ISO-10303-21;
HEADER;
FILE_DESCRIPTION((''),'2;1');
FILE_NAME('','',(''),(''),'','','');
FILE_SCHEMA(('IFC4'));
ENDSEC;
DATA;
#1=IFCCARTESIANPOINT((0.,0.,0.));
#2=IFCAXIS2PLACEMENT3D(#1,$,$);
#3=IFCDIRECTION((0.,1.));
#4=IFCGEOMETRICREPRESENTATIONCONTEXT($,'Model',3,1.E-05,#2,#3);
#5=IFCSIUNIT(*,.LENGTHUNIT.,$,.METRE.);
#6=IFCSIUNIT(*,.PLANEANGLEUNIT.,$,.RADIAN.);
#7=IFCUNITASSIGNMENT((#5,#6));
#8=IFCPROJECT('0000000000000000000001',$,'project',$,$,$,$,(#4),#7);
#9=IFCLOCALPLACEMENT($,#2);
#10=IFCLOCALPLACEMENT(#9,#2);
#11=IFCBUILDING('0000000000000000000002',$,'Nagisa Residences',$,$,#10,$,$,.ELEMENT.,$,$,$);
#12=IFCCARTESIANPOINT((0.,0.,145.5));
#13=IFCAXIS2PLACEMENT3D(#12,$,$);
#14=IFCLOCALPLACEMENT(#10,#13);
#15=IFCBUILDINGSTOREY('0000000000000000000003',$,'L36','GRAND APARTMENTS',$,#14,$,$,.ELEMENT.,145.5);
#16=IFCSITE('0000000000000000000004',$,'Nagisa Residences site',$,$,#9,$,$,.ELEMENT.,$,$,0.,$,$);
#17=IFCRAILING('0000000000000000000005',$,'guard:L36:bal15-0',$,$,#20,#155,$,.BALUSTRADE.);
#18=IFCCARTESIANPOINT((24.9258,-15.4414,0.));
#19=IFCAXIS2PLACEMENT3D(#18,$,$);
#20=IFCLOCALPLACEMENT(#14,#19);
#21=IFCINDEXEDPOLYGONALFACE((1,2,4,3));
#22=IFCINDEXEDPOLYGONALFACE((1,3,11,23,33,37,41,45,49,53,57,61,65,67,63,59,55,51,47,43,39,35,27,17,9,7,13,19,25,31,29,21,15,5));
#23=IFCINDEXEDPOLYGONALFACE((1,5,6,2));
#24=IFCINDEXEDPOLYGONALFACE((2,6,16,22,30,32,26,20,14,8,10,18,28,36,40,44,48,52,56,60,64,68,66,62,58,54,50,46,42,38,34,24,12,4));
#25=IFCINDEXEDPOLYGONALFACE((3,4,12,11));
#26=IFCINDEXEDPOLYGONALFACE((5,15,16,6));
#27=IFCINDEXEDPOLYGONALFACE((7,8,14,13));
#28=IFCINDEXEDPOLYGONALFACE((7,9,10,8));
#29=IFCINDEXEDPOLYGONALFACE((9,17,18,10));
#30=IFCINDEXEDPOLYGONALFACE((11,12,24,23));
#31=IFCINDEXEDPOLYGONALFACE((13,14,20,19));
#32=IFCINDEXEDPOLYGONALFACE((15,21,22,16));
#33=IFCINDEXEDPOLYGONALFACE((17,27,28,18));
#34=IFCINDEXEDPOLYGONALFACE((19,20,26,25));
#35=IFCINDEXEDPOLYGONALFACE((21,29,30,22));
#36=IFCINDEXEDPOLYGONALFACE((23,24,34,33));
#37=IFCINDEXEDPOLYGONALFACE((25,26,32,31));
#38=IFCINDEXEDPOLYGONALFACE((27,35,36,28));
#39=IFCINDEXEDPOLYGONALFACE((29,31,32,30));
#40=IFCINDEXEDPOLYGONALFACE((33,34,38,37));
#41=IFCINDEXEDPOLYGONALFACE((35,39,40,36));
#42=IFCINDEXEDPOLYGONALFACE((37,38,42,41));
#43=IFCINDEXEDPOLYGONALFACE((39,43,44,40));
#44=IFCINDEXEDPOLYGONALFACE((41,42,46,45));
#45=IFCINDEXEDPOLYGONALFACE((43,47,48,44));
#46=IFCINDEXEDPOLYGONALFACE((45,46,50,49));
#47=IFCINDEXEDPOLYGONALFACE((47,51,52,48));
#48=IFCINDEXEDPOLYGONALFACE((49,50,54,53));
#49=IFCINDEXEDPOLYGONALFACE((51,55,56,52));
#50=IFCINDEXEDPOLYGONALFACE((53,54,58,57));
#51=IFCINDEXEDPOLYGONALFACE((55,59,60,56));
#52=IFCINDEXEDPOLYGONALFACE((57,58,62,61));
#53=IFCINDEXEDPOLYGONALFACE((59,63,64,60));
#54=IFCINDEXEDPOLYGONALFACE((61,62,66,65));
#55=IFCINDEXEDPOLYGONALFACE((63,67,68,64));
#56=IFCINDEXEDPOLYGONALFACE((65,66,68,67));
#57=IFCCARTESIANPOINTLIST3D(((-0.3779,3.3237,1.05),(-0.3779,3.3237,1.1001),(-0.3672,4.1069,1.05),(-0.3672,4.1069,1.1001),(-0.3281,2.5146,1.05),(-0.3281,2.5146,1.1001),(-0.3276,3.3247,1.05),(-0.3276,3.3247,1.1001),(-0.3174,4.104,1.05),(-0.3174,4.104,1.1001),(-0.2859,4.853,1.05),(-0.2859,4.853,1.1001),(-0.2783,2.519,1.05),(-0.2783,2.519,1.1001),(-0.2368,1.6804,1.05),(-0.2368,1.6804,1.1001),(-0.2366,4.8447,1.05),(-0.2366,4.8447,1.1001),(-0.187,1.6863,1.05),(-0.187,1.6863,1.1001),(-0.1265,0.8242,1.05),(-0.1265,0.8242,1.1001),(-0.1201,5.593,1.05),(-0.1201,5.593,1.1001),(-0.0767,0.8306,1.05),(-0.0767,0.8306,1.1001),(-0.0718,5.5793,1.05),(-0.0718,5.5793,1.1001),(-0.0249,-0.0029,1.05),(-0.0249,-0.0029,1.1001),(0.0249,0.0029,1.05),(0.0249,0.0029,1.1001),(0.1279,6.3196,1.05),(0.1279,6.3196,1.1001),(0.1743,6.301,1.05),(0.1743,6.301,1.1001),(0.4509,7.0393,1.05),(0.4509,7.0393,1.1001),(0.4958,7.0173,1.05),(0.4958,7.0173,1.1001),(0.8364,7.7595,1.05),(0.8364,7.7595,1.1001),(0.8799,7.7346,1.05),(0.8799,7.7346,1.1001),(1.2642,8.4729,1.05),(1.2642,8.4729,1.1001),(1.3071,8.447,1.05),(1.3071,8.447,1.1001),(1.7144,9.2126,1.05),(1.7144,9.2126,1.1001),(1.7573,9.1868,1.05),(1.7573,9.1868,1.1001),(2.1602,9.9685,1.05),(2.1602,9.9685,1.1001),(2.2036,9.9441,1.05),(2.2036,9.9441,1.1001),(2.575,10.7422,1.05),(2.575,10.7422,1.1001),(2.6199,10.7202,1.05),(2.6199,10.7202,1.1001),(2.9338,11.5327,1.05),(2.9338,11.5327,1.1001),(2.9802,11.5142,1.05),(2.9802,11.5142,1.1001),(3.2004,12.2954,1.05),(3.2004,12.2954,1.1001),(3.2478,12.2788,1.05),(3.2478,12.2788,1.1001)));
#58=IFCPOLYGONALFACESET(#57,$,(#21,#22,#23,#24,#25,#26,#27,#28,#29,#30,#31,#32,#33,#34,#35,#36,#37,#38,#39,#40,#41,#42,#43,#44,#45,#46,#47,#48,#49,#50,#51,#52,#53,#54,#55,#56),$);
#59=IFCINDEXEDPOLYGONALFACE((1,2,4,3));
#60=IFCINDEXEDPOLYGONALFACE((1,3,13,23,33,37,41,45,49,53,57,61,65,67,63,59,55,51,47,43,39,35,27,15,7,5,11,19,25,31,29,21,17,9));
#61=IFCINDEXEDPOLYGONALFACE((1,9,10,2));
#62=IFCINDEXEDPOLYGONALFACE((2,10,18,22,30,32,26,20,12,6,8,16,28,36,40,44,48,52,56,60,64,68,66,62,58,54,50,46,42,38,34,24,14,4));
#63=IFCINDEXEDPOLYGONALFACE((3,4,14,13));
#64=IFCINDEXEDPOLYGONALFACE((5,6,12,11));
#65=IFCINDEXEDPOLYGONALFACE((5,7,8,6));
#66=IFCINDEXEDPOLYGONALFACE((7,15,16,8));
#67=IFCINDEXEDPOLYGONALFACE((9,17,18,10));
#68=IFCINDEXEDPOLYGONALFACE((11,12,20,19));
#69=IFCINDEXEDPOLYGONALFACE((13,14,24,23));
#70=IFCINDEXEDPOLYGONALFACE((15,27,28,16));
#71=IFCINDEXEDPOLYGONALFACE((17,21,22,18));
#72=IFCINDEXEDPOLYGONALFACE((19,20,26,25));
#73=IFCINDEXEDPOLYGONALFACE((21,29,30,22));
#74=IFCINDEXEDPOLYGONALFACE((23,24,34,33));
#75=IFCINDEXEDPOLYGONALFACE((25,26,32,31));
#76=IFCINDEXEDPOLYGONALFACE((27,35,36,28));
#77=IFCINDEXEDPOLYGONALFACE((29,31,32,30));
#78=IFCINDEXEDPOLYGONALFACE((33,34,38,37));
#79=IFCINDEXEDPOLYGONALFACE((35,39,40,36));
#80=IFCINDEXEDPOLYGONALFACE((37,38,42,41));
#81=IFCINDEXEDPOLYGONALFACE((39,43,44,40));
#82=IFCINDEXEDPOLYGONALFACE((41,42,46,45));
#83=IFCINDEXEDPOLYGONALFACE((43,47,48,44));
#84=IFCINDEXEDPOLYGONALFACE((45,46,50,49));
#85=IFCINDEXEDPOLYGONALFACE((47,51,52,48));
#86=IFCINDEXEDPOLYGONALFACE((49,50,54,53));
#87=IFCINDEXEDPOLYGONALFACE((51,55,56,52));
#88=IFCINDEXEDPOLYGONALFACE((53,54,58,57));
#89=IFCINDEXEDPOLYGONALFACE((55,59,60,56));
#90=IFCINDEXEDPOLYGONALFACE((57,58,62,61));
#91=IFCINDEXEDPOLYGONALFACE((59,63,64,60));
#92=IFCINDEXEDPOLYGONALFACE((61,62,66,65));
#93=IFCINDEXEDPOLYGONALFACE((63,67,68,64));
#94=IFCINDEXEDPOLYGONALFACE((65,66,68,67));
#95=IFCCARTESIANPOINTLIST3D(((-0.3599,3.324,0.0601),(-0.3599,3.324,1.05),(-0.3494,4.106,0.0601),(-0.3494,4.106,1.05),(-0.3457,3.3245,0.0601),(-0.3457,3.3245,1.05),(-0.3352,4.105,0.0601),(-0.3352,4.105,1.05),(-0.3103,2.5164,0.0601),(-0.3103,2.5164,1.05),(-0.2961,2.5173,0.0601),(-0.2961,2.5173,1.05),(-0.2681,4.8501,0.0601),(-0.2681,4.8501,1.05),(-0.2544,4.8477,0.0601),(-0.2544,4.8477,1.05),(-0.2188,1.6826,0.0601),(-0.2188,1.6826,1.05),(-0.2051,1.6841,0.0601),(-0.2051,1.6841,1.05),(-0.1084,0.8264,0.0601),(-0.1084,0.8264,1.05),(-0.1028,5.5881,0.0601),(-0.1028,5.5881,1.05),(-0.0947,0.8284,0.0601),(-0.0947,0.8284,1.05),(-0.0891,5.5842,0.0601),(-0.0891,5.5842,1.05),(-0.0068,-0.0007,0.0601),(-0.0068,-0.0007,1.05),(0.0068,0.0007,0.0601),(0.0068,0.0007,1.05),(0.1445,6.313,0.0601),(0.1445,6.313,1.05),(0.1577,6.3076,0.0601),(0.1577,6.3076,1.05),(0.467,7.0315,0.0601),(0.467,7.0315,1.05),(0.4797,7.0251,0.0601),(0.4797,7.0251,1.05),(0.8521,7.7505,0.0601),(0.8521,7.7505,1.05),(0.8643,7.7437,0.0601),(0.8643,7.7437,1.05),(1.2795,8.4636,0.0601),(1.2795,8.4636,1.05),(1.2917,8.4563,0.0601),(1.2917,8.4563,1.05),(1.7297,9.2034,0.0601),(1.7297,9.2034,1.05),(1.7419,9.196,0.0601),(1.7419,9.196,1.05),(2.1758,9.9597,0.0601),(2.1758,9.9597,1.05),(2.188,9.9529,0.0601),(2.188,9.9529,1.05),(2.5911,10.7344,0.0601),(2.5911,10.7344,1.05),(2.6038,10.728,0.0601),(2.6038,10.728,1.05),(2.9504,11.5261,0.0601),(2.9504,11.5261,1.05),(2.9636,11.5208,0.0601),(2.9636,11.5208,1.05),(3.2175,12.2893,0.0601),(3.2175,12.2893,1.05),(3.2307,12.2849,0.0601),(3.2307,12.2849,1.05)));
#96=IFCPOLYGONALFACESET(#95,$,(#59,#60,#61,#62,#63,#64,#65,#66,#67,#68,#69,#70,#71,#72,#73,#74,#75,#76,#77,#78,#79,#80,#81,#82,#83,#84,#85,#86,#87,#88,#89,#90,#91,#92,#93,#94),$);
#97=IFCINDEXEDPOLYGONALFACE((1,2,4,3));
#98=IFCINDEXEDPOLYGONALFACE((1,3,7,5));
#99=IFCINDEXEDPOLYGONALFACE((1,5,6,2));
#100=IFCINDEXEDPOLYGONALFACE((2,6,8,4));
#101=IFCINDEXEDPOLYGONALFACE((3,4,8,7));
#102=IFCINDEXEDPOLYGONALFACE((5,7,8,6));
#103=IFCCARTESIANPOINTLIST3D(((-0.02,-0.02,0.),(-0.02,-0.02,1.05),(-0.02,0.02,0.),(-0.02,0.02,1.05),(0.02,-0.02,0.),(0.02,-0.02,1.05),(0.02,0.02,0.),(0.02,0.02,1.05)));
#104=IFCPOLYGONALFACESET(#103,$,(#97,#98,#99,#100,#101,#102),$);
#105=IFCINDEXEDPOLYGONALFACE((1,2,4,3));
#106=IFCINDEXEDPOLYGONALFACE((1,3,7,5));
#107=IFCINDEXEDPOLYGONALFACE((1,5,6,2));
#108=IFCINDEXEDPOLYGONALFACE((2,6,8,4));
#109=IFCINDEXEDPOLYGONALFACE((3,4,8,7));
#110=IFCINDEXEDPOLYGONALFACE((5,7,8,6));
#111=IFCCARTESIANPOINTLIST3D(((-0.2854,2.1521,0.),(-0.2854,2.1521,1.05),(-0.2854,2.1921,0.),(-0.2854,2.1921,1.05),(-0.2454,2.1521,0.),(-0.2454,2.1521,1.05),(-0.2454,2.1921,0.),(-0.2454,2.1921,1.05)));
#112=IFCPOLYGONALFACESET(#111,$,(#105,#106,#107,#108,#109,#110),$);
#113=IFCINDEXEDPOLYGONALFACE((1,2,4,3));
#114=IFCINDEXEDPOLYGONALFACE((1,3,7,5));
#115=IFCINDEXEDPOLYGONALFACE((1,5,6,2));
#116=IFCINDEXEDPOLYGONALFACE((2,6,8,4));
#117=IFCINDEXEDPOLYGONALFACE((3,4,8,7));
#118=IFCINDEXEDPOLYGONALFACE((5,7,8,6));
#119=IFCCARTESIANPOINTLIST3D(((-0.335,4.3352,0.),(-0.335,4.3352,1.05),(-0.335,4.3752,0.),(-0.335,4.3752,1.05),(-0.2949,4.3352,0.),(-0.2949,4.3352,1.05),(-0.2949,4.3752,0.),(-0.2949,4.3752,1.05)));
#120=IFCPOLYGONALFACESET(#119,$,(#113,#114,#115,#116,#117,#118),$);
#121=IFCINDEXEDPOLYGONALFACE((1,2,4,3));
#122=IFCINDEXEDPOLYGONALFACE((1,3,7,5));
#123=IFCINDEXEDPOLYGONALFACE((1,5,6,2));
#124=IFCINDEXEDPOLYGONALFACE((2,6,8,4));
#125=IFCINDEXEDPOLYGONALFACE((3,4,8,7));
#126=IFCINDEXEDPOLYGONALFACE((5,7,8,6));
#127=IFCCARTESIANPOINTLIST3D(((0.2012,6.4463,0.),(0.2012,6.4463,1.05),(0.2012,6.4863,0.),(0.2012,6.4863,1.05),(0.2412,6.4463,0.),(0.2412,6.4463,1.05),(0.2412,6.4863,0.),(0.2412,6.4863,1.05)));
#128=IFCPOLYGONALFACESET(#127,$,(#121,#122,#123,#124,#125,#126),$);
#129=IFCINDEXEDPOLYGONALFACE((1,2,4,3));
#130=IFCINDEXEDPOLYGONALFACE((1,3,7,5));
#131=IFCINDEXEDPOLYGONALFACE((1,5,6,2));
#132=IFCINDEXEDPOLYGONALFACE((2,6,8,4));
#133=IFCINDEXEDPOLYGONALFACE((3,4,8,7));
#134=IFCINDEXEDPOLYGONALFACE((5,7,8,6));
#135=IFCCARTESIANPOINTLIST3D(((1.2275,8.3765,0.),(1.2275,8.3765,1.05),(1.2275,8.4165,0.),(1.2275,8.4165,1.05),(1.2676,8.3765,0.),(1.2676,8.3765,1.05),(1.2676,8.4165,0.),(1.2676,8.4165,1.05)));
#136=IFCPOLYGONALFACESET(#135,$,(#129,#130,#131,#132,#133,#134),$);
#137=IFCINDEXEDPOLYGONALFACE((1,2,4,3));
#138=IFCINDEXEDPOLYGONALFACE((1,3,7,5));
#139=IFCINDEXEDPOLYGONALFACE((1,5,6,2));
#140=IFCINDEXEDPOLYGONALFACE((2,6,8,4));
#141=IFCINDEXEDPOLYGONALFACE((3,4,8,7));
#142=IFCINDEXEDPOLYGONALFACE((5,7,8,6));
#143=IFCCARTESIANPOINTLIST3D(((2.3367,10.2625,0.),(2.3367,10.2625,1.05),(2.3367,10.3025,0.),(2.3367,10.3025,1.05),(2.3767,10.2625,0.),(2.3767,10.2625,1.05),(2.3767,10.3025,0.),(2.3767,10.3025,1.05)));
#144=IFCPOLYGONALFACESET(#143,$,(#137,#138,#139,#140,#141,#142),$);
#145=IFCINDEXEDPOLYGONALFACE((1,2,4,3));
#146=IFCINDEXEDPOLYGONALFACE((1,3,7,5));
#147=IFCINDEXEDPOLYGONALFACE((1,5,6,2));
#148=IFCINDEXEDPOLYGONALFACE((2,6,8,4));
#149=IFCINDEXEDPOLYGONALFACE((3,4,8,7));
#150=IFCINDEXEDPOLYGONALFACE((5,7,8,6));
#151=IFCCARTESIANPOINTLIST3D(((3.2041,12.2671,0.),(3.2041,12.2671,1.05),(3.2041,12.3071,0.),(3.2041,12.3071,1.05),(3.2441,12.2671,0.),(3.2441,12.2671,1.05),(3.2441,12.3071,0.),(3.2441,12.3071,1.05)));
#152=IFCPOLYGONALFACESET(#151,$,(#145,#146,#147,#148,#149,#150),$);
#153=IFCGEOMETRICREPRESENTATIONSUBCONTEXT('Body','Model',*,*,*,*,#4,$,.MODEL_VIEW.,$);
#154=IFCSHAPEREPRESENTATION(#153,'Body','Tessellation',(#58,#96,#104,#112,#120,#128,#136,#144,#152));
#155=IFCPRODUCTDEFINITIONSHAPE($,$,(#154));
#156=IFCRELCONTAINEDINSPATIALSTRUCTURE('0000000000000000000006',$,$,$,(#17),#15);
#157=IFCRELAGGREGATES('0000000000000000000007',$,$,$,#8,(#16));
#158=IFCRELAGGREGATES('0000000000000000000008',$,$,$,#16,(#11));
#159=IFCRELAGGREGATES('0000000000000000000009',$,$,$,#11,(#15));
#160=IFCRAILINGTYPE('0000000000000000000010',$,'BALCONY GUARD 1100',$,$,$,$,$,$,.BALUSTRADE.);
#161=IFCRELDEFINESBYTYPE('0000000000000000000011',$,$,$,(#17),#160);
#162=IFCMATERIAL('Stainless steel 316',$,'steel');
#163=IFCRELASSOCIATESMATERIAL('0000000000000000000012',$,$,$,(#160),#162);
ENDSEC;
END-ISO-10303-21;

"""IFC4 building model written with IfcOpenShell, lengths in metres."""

from ifc_helpers import new_model, si_unit, direction, frame, origin, origin_2d, place, context, subcontext, project, spatial, polyline, rectangle, outline, extrude, material, type_object, element, save


model = new_model("IFC4")

# Units and contexts
model_context = context("Model", 3, precision=1e-05, world=origin(), true_north=direction((0.0, 1.0)))
body_context = subcontext(model_context, "Body", "Model", "MODEL_VIEW")
ifc_project = project(units=[si_unit("LENGTHUNIT", "METRE"), si_unit("PLANEANGLEUNIT", "RADIAN")], contexts=[model_context])

# Site, building, storey
site_placement = place(None, origin())
site = spatial("IfcSite", under=ifc_project, at=site_placement, Name="Nagisa Residences site", CompositionType="ELEMENT", RefElevation=0.0)
building_placement = place(site_placement, origin())
building = spatial("IfcBuilding", under=site, at=building_placement, Name="Nagisa Residences", CompositionType="ELEMENT")
storey_placement = place(building_placement, frame((0.0, 0.0, 145.5)))
storey = spatial("IfcBuildingStorey", under=building, at=storey_placement, Name="L36", Description="GRAND APARTMENTS", CompositionType="ELEMENT", Elevation=145.5)

# Railing
ifc_material_1 = material(Name="Stainless steel 316", Category="steel")
railing_type = type_object("IfcRailingType", Name="BALCONY GUARD 1100", PredefinedType="BALUSTRADE", material=ifc_material_1)
railing_1_placement = place(storey_placement, frame((24.9258, -15.4414, 0.0)))
element("IfcRailing", 1, at=railing_1_placement, inside=storey, type_object=railing_type, Name="guard:L36:bal15-0", PredefinedType="BALUSTRADE", context=body_context, shape_type="SweptSolid", body=[
    extrude(outline(polyline([(-0.1265, 0.8242), (-0.0249, -0.0029), (0.0249, 0.0029), (-0.0767, 0.8306), (-0.187, 1.6863), (-0.2783, 2.519), (-0.3276, 3.3247), (-0.3174, 4.104), (-0.2366, 4.8447), (-0.0718, 5.5793), (0.1743, 6.301), (0.4958, 7.0173), (0.8799, 7.7346), (1.3071, 8.447), (1.7573, 9.1868), (2.2036, 9.9441), (2.6199, 10.7202), (2.9802, 11.5142), (3.2478, 12.2788), (3.2004, 12.2954), (2.9338, 11.5327), (2.575, 10.7422), (2.1602, 9.9685), (1.7144, 9.2126), (1.2642, 8.4729), (0.8364, 7.7595), (0.4509, 7.0393), (0.1279, 6.3196), (-0.1201, 5.593), (-0.2859, 4.853), (-0.3672, 4.1069), (-0.3779, 3.3237), (-0.3281, 2.5146), (-0.2368, 1.6804), (-0.1265, 0.8242)])), frame((0.0, 0.0, 1.05)), (0.0, 0.0, 1.0), 0.05),
    extrude(outline(polyline([(-0.1084, 0.8264), (-0.0068, -0.0007), (0.0068, 0.0007), (-0.0947, 0.8284), (-0.2051, 1.6841), (-0.2961, 2.5173), (-0.3457, 3.3245), (-0.3352, 4.105), (-0.2544, 4.8477), (-0.0891, 5.5842), (0.1577, 6.3076), (0.4797, 7.0251), (0.8643, 7.7437), (1.2917, 8.4563), (1.7419, 9.196), (2.188, 9.9529), (2.6038, 10.728), (2.9636, 11.5208), (3.2307, 12.2849), (3.2175, 12.2893), (2.9504, 11.5261), (2.5911, 10.7344), (2.1758, 9.9597), (1.7297, 9.2034), (1.2795, 8.4636), (0.8521, 7.7505), (0.467, 7.0315), (0.1445, 6.313), (-0.1028, 5.5881), (-0.2681, 4.8501), (-0.3494, 4.106), (-0.3599, 3.324), (-0.3103, 2.5164), (-0.2188, 1.6826), (-0.1084, 0.8264)])), frame((0.0, 0.0, 0.0601)), (0.0, 0.0, 1.0), 0.99),
    extrude(rectangle(XDim=0.04, YDim=0.04, at=origin_2d()), origin(), (0.0, 0.0, 1.0), 1.05),
    extrude(rectangle(XDim=0.04, YDim=0.04, at=origin_2d()), frame((-0.2654, 2.1721, 0.0)), (0.0, 0.0, 1.0), 1.05),
    extrude(rectangle(XDim=0.04, YDim=0.04, at=origin_2d()), frame((-0.3149, 4.3552, 0.0)), (0.0, 0.0, 1.0), 1.05),
    extrude(rectangle(XDim=0.04, YDim=0.04, at=origin_2d()), frame((0.2212, 6.4663, 0.0)), (0.0, 0.0, 1.0), 1.05),
    extrude(rectangle(XDim=0.04, YDim=0.04, at=origin_2d()), frame((1.2476, 8.3965, 0.0)), (0.0, 0.0, 1.0), 1.05),
    extrude(rectangle(XDim=0.04, YDim=0.04, at=origin_2d()), frame((2.3567, 10.2825, 0.0)), (0.0, 0.0, 1.0), 1.05),
    extrude(rectangle(XDim=0.04, YDim=0.04, at=origin_2d()), frame((3.2241, 12.2871, 0.0)), (0.0, 0.0, 1.0), 1.05),
])

save(model, "model.ifc")
